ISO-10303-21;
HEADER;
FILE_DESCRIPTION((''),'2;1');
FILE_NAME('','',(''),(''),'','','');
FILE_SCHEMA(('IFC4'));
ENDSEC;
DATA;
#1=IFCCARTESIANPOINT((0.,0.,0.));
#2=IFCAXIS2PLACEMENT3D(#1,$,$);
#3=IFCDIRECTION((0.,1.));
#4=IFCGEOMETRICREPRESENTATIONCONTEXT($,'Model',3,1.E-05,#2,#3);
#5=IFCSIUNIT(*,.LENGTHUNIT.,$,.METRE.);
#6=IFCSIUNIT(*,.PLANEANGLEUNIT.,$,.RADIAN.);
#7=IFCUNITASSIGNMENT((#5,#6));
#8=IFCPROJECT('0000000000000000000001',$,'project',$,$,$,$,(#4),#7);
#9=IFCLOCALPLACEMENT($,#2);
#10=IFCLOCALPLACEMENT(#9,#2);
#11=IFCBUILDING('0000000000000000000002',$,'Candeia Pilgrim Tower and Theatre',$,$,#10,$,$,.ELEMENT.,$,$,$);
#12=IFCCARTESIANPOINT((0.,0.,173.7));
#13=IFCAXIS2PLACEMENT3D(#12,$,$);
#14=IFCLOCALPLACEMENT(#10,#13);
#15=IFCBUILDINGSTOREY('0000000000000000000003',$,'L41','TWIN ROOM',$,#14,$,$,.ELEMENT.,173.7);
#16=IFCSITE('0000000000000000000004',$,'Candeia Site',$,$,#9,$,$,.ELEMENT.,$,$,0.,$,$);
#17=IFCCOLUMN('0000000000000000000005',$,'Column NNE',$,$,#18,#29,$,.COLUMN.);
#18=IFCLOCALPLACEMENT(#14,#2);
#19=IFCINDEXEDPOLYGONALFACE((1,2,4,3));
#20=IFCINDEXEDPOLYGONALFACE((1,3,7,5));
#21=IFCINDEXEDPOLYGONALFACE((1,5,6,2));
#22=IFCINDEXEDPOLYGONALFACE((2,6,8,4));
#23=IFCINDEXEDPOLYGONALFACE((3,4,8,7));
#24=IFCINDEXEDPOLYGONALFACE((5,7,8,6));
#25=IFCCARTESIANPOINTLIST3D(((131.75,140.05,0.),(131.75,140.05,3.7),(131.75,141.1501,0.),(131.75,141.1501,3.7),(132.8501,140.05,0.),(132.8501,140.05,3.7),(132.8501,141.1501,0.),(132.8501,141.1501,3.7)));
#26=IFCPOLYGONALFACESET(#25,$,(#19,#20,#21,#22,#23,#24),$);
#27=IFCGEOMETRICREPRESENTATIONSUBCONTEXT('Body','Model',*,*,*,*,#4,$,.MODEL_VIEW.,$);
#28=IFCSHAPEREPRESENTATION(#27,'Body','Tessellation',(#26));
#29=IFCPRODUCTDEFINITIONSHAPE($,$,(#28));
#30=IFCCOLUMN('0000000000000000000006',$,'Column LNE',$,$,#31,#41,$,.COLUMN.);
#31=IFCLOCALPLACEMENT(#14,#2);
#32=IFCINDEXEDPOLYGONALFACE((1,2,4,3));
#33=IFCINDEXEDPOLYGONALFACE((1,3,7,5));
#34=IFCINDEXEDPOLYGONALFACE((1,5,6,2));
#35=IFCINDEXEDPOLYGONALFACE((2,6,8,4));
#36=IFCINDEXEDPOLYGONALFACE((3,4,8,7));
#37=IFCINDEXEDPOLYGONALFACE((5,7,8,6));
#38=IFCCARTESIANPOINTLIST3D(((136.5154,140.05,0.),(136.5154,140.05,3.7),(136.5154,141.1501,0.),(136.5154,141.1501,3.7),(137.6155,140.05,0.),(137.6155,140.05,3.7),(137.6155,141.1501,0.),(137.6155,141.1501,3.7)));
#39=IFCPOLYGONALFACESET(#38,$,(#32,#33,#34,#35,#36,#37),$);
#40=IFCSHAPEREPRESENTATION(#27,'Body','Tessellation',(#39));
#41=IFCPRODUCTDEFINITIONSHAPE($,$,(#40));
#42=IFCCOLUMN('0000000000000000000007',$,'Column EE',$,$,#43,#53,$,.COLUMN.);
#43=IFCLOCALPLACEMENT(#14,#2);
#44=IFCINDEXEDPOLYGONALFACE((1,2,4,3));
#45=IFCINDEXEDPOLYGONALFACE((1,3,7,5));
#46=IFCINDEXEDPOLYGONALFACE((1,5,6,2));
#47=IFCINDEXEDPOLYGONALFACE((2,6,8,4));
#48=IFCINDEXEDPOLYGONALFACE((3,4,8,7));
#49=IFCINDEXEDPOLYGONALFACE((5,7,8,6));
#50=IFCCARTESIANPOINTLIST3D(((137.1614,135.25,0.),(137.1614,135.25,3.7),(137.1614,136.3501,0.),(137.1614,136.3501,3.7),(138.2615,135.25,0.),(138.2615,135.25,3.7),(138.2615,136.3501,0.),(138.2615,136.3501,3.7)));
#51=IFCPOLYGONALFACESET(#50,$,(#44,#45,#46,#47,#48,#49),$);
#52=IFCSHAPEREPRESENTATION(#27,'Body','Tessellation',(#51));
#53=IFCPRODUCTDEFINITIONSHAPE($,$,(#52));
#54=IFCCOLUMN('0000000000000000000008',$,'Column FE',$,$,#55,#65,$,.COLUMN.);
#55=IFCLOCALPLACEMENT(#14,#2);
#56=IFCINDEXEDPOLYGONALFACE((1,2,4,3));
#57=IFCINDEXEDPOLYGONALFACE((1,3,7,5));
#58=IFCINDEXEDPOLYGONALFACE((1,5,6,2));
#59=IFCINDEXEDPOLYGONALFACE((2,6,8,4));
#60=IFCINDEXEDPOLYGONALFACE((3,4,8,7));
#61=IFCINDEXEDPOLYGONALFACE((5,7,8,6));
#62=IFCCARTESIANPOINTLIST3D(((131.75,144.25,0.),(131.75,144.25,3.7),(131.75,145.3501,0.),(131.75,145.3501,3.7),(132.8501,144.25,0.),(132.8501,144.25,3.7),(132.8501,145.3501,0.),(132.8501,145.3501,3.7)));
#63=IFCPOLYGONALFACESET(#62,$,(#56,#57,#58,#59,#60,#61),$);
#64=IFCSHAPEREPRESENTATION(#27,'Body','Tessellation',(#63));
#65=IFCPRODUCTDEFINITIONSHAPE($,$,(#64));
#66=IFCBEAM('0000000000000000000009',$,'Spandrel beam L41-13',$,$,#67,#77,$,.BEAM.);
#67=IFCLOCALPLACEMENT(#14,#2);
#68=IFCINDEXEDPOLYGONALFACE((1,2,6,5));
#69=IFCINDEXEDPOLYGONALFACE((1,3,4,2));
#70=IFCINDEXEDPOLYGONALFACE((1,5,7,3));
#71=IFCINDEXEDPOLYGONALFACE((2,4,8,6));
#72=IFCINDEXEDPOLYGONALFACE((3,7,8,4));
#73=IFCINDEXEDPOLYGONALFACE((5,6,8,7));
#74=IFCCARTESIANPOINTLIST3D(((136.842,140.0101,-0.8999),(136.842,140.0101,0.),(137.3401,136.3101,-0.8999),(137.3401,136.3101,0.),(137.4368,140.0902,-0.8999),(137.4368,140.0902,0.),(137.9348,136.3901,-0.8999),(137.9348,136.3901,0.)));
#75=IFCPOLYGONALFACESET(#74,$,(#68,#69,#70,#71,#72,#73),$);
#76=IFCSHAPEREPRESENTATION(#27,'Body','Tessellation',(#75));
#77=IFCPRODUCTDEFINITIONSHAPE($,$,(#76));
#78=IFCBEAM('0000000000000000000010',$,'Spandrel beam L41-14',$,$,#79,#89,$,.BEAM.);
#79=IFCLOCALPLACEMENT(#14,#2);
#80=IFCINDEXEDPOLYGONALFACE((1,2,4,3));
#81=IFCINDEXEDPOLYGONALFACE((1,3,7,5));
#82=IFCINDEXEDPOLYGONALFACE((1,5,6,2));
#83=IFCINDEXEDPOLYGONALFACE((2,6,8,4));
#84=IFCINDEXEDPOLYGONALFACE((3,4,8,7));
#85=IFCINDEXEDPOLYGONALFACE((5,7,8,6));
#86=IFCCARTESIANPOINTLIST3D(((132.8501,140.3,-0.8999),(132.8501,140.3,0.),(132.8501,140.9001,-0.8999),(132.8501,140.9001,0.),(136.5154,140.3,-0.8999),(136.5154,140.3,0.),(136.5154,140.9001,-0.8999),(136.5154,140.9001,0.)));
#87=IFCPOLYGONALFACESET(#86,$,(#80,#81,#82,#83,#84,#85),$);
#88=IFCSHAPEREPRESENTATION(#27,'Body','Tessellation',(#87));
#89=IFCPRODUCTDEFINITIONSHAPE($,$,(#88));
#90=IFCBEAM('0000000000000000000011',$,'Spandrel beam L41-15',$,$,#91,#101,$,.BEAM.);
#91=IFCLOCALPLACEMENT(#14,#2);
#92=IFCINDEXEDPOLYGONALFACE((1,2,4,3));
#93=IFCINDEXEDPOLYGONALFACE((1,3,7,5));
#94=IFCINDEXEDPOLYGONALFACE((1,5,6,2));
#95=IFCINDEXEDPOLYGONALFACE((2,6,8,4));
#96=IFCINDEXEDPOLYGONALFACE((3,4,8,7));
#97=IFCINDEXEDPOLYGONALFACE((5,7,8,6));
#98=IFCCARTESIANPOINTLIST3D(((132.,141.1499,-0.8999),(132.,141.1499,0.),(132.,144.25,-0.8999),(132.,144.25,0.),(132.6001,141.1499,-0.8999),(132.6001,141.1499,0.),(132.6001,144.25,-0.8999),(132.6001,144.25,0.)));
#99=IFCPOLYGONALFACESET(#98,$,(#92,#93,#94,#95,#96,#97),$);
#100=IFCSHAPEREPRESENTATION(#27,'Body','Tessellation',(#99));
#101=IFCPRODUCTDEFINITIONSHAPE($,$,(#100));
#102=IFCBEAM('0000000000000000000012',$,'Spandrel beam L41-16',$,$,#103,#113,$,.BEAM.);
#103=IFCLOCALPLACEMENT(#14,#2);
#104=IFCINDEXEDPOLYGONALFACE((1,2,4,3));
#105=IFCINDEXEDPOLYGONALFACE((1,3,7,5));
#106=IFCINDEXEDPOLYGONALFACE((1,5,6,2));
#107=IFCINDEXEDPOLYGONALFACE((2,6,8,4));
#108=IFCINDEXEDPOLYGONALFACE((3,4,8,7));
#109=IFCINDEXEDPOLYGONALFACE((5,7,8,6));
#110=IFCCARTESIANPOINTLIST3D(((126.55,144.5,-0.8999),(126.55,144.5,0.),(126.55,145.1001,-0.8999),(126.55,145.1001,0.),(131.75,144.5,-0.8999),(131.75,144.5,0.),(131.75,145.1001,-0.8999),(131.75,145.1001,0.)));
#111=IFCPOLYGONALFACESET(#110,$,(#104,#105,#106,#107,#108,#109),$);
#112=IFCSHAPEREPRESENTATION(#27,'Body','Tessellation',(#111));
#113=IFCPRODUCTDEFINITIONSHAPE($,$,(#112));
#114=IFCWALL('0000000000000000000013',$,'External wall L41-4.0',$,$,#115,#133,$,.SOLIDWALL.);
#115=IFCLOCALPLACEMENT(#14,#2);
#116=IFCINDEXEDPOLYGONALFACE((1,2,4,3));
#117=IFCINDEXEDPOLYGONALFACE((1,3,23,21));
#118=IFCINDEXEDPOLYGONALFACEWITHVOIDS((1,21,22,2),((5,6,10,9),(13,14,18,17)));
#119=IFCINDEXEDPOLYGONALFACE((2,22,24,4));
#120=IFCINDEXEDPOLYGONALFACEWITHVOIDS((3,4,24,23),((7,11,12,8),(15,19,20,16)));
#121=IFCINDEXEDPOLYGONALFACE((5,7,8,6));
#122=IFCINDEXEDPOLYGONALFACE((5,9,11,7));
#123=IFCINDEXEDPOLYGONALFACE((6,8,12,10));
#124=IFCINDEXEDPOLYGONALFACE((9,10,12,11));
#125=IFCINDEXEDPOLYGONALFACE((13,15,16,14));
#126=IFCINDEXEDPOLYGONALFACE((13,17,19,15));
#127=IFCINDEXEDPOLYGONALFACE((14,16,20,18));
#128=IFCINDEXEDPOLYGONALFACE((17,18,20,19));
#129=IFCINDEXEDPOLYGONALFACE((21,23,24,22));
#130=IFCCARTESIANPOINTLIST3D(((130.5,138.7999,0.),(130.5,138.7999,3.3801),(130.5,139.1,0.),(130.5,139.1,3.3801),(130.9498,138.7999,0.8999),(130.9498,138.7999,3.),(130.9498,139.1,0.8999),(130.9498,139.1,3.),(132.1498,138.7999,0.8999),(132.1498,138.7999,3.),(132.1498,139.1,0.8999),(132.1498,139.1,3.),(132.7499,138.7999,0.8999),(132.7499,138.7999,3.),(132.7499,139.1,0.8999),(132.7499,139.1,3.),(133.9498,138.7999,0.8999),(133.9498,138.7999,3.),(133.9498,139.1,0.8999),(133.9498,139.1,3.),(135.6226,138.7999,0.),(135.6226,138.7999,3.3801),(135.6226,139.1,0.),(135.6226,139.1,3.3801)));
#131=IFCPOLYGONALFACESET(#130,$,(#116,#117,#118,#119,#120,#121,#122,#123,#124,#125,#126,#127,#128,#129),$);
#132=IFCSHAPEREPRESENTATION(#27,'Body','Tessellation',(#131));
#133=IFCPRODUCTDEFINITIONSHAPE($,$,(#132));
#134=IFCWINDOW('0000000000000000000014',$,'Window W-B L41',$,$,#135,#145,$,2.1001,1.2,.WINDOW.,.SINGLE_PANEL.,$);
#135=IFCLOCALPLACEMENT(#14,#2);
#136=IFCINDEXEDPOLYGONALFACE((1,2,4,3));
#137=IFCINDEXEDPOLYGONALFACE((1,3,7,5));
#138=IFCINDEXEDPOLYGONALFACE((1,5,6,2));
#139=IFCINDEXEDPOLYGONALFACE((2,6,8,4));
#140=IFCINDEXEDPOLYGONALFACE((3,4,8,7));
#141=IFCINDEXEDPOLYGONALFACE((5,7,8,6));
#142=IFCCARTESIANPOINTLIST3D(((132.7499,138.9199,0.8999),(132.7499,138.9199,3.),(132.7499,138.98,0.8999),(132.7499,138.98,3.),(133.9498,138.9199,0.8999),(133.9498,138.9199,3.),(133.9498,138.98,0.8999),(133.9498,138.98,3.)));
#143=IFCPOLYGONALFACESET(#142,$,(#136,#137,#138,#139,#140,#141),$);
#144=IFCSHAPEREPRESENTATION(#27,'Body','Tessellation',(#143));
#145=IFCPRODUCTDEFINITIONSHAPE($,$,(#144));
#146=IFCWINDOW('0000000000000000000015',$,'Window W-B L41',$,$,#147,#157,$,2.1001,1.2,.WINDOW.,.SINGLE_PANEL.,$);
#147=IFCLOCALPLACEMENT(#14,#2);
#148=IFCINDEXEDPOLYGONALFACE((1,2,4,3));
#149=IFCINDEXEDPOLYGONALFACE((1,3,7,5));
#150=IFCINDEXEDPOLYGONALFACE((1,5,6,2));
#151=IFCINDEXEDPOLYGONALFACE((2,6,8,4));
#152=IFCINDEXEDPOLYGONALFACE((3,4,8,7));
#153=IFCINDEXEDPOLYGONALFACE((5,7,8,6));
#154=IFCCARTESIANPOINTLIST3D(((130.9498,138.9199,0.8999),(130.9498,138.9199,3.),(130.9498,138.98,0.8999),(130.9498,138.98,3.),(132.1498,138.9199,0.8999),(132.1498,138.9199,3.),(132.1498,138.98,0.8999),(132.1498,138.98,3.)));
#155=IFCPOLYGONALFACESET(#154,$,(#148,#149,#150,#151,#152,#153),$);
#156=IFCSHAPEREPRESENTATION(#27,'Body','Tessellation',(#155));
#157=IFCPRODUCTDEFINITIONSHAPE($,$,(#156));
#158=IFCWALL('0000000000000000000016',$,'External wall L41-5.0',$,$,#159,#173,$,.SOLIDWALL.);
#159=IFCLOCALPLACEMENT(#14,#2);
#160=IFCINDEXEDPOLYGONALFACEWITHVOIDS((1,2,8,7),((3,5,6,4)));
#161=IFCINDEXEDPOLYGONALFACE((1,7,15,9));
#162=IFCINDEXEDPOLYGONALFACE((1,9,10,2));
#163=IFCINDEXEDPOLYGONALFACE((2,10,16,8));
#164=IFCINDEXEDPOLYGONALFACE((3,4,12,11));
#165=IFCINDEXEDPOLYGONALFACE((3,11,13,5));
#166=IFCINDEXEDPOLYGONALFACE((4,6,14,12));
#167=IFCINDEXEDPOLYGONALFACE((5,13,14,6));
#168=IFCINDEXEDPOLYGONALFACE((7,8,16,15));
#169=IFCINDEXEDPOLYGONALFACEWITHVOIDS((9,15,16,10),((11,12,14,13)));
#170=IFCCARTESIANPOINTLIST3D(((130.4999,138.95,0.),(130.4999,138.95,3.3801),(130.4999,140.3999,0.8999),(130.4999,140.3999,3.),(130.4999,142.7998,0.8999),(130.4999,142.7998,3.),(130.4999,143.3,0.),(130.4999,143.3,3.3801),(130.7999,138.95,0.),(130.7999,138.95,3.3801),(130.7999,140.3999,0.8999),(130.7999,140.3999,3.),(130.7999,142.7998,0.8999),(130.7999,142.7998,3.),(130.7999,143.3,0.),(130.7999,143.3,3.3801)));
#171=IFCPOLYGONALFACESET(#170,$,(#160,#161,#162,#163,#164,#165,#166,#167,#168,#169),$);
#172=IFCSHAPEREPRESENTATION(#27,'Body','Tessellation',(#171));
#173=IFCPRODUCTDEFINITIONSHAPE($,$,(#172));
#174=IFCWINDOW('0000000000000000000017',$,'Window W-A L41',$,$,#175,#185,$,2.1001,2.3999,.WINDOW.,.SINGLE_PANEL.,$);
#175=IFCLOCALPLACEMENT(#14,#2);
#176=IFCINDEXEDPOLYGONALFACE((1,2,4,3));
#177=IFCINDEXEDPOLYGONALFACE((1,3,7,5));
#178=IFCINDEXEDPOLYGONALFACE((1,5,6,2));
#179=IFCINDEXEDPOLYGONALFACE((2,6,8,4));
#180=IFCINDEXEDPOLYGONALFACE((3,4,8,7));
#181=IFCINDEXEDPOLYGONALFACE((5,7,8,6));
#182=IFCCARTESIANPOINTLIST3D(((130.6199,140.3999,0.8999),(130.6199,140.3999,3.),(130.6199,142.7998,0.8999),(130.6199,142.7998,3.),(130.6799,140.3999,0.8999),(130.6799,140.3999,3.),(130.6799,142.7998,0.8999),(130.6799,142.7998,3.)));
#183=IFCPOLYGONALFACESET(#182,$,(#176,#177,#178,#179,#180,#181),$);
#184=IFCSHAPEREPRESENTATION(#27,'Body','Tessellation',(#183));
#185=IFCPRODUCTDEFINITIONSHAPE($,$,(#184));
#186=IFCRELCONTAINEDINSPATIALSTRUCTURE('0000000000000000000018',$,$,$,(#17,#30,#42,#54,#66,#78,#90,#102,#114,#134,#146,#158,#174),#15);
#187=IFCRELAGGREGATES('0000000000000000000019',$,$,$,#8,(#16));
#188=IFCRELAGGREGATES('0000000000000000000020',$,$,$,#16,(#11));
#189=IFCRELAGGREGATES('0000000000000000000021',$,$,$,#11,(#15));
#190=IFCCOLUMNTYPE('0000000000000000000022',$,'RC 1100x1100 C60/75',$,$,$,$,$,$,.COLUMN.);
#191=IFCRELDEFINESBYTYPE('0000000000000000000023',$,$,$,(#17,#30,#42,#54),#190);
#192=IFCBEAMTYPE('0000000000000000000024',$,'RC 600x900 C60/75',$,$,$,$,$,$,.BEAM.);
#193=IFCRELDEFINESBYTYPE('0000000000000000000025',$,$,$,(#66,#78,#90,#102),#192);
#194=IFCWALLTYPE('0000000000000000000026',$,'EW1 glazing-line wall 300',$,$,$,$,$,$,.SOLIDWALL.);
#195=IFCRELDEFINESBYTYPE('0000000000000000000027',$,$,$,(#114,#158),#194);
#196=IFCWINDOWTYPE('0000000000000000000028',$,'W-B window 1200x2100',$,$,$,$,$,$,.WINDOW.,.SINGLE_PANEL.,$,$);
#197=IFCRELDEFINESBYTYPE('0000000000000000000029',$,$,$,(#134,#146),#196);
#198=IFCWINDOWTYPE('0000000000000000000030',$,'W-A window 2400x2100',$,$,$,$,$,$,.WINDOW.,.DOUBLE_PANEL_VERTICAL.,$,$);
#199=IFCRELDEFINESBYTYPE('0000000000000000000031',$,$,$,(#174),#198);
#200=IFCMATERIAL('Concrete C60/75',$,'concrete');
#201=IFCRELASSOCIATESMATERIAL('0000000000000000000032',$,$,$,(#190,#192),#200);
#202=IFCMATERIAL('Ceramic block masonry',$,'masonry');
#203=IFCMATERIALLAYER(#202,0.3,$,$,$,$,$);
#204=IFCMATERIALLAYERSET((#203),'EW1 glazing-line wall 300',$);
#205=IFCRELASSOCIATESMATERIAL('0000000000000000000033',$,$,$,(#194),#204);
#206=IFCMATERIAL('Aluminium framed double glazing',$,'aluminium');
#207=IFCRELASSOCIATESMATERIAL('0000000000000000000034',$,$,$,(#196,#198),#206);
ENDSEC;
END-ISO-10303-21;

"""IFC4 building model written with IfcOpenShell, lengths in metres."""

from ifc_helpers import new_model, si_unit, direction, frame, frame_2d, origin, origin_2d, place, context, subcontext, project, spatial, rectangle, extrude, material, layer, layer_set, material_profile, profile_set, type_object, element, fill, save


model = new_model("IFC4")

# Units and contexts
model_context = context("Model", 3, precision=1e-05, world=origin(), true_north=direction((0.0, 1.0)))
body_context = subcontext(model_context, "Body", "Model", "MODEL_VIEW")
ifc_project = project(units=[si_unit("LENGTHUNIT", "METRE"), si_unit("PLANEANGLEUNIT", "RADIAN")], contexts=[model_context])

# Site, building, storey
site_placement = place(None, origin())
site = spatial("IfcSite", under=ifc_project, at=site_placement, Name="Candeia Site", CompositionType="ELEMENT", RefElevation=0.0)
building_placement = place(site_placement, origin())
building = spatial("IfcBuilding", under=site, at=building_placement, Name="Candeia Pilgrim Tower and Theatre", CompositionType="ELEMENT")
storey_placement = place(building_placement, frame((0.0, 0.0, 173.7)))
storey = spatial("IfcBuildingStorey", under=building, at=storey_placement, Name="L41", Description="TWIN ROOM", CompositionType="ELEMENT", Elevation=173.7)

# Columns
ifc_material_1 = material(Name="Concrete C60/75", Category="concrete")
ifc_material_profile_1 = material_profile(ifc_material_1, rectangle(XDim=1.1001, YDim=1.1001, at=origin_2d()))
ifc_profile_set_1 = profile_set([ifc_material_profile_1], Name="Concrete C60/75")
column_type = type_object("IfcColumnType", Name="RC 1100x1100 C60/75", PredefinedType="COLUMN", material=ifc_profile_set_1)
for number, where, z_axis, x_axis, name in (
    (1, (132.3, 140.6001, 0.0), (0.0, 0.0, 1.0), (1.0, 0.0, 0.0), "Column NNE"),
    (2, (137.0654, 140.6001, 0.0), (0.0, 0.0, 1.0), (1.0, 0.0, 0.0), "Column LNE"),
    (3, (137.7114, 135.8, 0.0), (0.0, 0.0, 1.0), (1.0, 0.0, 0.0), "Column EE"),
    (4, (132.3, 144.8, 0.0), (0.0, 0.0, 1.0), (1.0, 0.0, 0.0), "Column FE"),
):
    element("IfcColumn", number, at=place(storey_placement, frame(where, z_axis=z_axis, x_axis=x_axis)), inside=storey, type_object=column_type, Name=name, PredefinedType="COLUMN", context=body_context, shape_type="SweptSolid", body=[
        extrude(rectangle(XDim=1.1001, YDim=1.1001, at=origin_2d()), origin(), (0.0, 0.0, 1.0), 3.7),
    ])

# Beams
ifc_material_profile_2 = material_profile(ifc_material_1, rectangle(XDim=0.6001, YDim=0.8999, at=origin_2d()))
ifc_profile_set_2 = profile_set([ifc_material_profile_2], Name="Concrete C60/75")
beam_type = type_object("IfcBeamType", Name="RC 600x900 C60/75", PredefinedType="BEAM", material=ifc_profile_set_2)
beam_1_placement = place(storey_placement, frame((137.6375, 136.3501, -0.45), z_axis=(-0.133406, 0.991061, 0.0), x_axis=(-0.991061, -0.133406, 0.0)))
element("IfcBeam", 5, at=beam_1_placement, inside=storey, type_object=beam_type, Name="Spandrel beam L41-13", PredefinedType="BEAM", context=body_context, shape_type="SweptSolid", body=[
    extrude(rectangle(XDim=0.6001, YDim=0.8999, at=origin_2d()), origin(), (0.0, 0.0, 1.0), 3.7334),
])
beam_2_placement = place(storey_placement, frame((136.5154, 140.6001, -0.45), z_axis=(-1.0, 0.0, 0.0), x_axis=(0.0, -1.0, 0.0)))
element("IfcBeam", 6, at=beam_2_placement, inside=storey, type_object=beam_type, Name="Spandrel beam L41-14", PredefinedType="BEAM", context=body_context, shape_type="SweptSolid", body=[
    extrude(rectangle(XDim=0.6001, YDim=0.8999, at=origin_2d()), origin(), (0.0, 0.0, 1.0), 3.6653),
])
beam_3_placement = place(storey_placement, frame((132.3, 141.1499, -0.45), z_axis=(0.0, 1.0, 0.0), x_axis=(-1.0, 0.0, 0.0)))
element("IfcBeam", 7, at=beam_3_placement, inside=storey, type_object=beam_type, Name="Spandrel beam L41-15", PredefinedType="BEAM", context=body_context, shape_type="SweptSolid", body=[
    extrude(rectangle(XDim=0.6001, YDim=0.8999, at=origin_2d()), origin(), (0.0, 0.0, 1.0), 3.1001),
])
beam_4_placement = place(storey_placement, frame((131.75, 144.8, -0.45), z_axis=(-1.0, 0.0, 0.0), x_axis=(0.0, -1.0, 0.0)))
element("IfcBeam", 8, at=beam_4_placement, inside=storey, type_object=beam_type, Name="Spandrel beam L41-16", PredefinedType="BEAM", context=body_context, shape_type="SweptSolid", body=[
    extrude(rectangle(XDim=0.6001, YDim=0.8999, at=origin_2d()), origin(), (0.0, 0.0, 1.0), 5.2),
])

# Wall, openings, windows
ifc_material_2 = material(Name="Ceramic block masonry", Category="masonry")
ifc_layer_1 = layer(ifc_material_2, 0.3)
ifc_layer_set_1 = layer_set([ifc_layer_1], Name="EW1 glazing-line wall 300")
wall_type_1 = type_object("IfcWallType", Name="EW1 glazing-line wall 300", PredefinedType="SOLIDWALL", material=ifc_layer_set_1)
wall_1_placement = place(storey_placement, frame((135.6226, 138.95, 0.0), z_axis=(0.0, 0.0, 1.0), x_axis=(-1.0, 0.0, 0.0)))
wall_1 = element("IfcWall", 9, at=wall_1_placement, inside=storey, type_object=wall_type_1, Name="External wall L41-4.0", PredefinedType="SOLIDWALL", context=body_context, shape_type="SweptSolid", body=[
    extrude(rectangle(XDim=5.1226, YDim=0.3, at=frame_2d((2.5613, 0.0))), origin(), (0.0, 0.0, 1.0), 3.3801),
])
opening_1_placement = place(wall_1_placement, frame((1.6726, 0.0, 0.8999)))
opening_1 = element("IfcOpeningElement", 10, at=opening_1_placement, cuts=wall_1, PredefinedType="OPENING", context=body_context, shape_type="SweptSolid", body=[
    extrude(rectangle(XDim=1.2, YDim=2.1001, at=frame_2d((0.6001, 1.05))), frame((0.0, 0.1602, 0.0), z_axis=(0.0, -1.0, 0.0), x_axis=(1.0, 0.0, 0.0)), (0.0, 0.0, 1.0), 0.3201),
])
opening_2_placement = place(wall_1_placement, frame((3.4727, 0.0, 0.8999)))
opening_2 = element("IfcOpeningElement", 11, at=opening_2_placement, cuts=wall_1, PredefinedType="OPENING", context=body_context, shape_type="SweptSolid", body=[
    extrude(rectangle(XDim=1.2, YDim=2.1001, at=frame_2d((0.6001, 1.05))), frame((0.0, 0.1602, 0.0), z_axis=(0.0, -1.0, 0.0), x_axis=(1.0, 0.0, 0.0)), (0.0, 0.0, 1.0), 0.3201),
])
ifc_material_3 = material(Name="Aluminium framed double glazing", Category="aluminium")
window_type_1 = type_object("IfcWindowType", Name="W-B window 1200x2100", PartitioningType="SINGLE_PANEL", PredefinedType="WINDOW", material=ifc_material_3)
window_1_placement = place(opening_1_placement, origin())
window_1 = element("IfcWindow", 12, at=window_1_placement, inside=storey, type_object=window_type_1, Name="Window W-B L41", OverallHeight=2.1001, OverallWidth=1.2, PartitioningType="SINGLE_PANEL", PredefinedType="WINDOW", context=body_context, shape_type="SweptSolid", body=[
    extrude(rectangle(XDim=1.2, YDim=2.1001, at=frame_2d((0.6001, 1.05))), frame((0.0, 0.03, 0.0), z_axis=(0.0, -1.0, 0.0), x_axis=(1.0, 0.0, 0.0)), (0.0, 0.0, 1.0), 0.0601),
])
fill(opening_1, window_1)
window_2_placement = place(opening_2_placement, origin())
window_2 = element("IfcWindow", 13, at=window_2_placement, inside=storey, type_object=window_type_1, Name="Window W-B L41", OverallHeight=2.1001, OverallWidth=1.2, PartitioningType="SINGLE_PANEL", PredefinedType="WINDOW", context=body_context, shape_type="SweptSolid", body=[
    extrude(rectangle(XDim=1.2, YDim=2.1001, at=frame_2d((0.6001, 1.05))), frame((0.0, 0.03, 0.0), z_axis=(0.0, -1.0, 0.0), x_axis=(1.0, 0.0, 0.0)), (0.0, 0.0, 1.0), 0.0601),
])
fill(opening_2, window_2)

# Wall, opening, window
wall_2_placement = place(storey_placement, frame((130.6499, 138.95, 0.0), z_axis=(0.0, 0.0, 1.0), x_axis=(0.0, 1.0, 0.0)))
wall_2 = element("IfcWall", 14, at=wall_2_placement, inside=storey, type_object=wall_type_1, Name="External wall L41-5.0", PredefinedType="SOLIDWALL", context=body_context, shape_type="SweptSolid", body=[
    extrude(rectangle(XDim=4.3501, YDim=0.3, at=frame_2d((2.175, 0.0))), origin(), (0.0, 0.0, 1.0), 3.3801),
])
opening_3_placement = place(wall_2_placement, frame((1.45, 0.0, 0.8999)))
opening_3 = element("IfcOpeningElement", 15, at=opening_3_placement, cuts=wall_2, PredefinedType="OPENING", context=body_context, shape_type="SweptSolid", body=[
    extrude(rectangle(XDim=2.3999, YDim=2.1001, at=frame_2d((1.2, 1.05))), frame((0.0, 0.1602, 0.0), z_axis=(0.0, -1.0, 0.0), x_axis=(1.0, 0.0, 0.0)), (0.0, 0.0, 1.0), 0.3201),
])
window_type_2 = type_object("IfcWindowType", Name="W-A window 2400x2100", PartitioningType="DOUBLE_PANEL_VERTICAL", PredefinedType="WINDOW", material=ifc_material_3)
window_3_placement = place(opening_3_placement, origin())
window_3 = element("IfcWindow", 16, at=window_3_placement, inside=storey, type_object=window_type_2, Name="Window W-A L41", OverallHeight=2.1001, OverallWidth=2.3999, PartitioningType="SINGLE_PANEL", PredefinedType="WINDOW", context=body_context, shape_type="SweptSolid", body=[
    extrude(rectangle(XDim=2.3999, YDim=2.1001, at=frame_2d((1.2, 1.05))), frame((0.0, 0.03, 0.0), z_axis=(0.0, -1.0, 0.0), x_axis=(1.0, 0.0, 0.0)), (0.0, 0.0, 1.0), 0.0601),
])
fill(opening_3, window_3)

save(model, "model.ifc")
